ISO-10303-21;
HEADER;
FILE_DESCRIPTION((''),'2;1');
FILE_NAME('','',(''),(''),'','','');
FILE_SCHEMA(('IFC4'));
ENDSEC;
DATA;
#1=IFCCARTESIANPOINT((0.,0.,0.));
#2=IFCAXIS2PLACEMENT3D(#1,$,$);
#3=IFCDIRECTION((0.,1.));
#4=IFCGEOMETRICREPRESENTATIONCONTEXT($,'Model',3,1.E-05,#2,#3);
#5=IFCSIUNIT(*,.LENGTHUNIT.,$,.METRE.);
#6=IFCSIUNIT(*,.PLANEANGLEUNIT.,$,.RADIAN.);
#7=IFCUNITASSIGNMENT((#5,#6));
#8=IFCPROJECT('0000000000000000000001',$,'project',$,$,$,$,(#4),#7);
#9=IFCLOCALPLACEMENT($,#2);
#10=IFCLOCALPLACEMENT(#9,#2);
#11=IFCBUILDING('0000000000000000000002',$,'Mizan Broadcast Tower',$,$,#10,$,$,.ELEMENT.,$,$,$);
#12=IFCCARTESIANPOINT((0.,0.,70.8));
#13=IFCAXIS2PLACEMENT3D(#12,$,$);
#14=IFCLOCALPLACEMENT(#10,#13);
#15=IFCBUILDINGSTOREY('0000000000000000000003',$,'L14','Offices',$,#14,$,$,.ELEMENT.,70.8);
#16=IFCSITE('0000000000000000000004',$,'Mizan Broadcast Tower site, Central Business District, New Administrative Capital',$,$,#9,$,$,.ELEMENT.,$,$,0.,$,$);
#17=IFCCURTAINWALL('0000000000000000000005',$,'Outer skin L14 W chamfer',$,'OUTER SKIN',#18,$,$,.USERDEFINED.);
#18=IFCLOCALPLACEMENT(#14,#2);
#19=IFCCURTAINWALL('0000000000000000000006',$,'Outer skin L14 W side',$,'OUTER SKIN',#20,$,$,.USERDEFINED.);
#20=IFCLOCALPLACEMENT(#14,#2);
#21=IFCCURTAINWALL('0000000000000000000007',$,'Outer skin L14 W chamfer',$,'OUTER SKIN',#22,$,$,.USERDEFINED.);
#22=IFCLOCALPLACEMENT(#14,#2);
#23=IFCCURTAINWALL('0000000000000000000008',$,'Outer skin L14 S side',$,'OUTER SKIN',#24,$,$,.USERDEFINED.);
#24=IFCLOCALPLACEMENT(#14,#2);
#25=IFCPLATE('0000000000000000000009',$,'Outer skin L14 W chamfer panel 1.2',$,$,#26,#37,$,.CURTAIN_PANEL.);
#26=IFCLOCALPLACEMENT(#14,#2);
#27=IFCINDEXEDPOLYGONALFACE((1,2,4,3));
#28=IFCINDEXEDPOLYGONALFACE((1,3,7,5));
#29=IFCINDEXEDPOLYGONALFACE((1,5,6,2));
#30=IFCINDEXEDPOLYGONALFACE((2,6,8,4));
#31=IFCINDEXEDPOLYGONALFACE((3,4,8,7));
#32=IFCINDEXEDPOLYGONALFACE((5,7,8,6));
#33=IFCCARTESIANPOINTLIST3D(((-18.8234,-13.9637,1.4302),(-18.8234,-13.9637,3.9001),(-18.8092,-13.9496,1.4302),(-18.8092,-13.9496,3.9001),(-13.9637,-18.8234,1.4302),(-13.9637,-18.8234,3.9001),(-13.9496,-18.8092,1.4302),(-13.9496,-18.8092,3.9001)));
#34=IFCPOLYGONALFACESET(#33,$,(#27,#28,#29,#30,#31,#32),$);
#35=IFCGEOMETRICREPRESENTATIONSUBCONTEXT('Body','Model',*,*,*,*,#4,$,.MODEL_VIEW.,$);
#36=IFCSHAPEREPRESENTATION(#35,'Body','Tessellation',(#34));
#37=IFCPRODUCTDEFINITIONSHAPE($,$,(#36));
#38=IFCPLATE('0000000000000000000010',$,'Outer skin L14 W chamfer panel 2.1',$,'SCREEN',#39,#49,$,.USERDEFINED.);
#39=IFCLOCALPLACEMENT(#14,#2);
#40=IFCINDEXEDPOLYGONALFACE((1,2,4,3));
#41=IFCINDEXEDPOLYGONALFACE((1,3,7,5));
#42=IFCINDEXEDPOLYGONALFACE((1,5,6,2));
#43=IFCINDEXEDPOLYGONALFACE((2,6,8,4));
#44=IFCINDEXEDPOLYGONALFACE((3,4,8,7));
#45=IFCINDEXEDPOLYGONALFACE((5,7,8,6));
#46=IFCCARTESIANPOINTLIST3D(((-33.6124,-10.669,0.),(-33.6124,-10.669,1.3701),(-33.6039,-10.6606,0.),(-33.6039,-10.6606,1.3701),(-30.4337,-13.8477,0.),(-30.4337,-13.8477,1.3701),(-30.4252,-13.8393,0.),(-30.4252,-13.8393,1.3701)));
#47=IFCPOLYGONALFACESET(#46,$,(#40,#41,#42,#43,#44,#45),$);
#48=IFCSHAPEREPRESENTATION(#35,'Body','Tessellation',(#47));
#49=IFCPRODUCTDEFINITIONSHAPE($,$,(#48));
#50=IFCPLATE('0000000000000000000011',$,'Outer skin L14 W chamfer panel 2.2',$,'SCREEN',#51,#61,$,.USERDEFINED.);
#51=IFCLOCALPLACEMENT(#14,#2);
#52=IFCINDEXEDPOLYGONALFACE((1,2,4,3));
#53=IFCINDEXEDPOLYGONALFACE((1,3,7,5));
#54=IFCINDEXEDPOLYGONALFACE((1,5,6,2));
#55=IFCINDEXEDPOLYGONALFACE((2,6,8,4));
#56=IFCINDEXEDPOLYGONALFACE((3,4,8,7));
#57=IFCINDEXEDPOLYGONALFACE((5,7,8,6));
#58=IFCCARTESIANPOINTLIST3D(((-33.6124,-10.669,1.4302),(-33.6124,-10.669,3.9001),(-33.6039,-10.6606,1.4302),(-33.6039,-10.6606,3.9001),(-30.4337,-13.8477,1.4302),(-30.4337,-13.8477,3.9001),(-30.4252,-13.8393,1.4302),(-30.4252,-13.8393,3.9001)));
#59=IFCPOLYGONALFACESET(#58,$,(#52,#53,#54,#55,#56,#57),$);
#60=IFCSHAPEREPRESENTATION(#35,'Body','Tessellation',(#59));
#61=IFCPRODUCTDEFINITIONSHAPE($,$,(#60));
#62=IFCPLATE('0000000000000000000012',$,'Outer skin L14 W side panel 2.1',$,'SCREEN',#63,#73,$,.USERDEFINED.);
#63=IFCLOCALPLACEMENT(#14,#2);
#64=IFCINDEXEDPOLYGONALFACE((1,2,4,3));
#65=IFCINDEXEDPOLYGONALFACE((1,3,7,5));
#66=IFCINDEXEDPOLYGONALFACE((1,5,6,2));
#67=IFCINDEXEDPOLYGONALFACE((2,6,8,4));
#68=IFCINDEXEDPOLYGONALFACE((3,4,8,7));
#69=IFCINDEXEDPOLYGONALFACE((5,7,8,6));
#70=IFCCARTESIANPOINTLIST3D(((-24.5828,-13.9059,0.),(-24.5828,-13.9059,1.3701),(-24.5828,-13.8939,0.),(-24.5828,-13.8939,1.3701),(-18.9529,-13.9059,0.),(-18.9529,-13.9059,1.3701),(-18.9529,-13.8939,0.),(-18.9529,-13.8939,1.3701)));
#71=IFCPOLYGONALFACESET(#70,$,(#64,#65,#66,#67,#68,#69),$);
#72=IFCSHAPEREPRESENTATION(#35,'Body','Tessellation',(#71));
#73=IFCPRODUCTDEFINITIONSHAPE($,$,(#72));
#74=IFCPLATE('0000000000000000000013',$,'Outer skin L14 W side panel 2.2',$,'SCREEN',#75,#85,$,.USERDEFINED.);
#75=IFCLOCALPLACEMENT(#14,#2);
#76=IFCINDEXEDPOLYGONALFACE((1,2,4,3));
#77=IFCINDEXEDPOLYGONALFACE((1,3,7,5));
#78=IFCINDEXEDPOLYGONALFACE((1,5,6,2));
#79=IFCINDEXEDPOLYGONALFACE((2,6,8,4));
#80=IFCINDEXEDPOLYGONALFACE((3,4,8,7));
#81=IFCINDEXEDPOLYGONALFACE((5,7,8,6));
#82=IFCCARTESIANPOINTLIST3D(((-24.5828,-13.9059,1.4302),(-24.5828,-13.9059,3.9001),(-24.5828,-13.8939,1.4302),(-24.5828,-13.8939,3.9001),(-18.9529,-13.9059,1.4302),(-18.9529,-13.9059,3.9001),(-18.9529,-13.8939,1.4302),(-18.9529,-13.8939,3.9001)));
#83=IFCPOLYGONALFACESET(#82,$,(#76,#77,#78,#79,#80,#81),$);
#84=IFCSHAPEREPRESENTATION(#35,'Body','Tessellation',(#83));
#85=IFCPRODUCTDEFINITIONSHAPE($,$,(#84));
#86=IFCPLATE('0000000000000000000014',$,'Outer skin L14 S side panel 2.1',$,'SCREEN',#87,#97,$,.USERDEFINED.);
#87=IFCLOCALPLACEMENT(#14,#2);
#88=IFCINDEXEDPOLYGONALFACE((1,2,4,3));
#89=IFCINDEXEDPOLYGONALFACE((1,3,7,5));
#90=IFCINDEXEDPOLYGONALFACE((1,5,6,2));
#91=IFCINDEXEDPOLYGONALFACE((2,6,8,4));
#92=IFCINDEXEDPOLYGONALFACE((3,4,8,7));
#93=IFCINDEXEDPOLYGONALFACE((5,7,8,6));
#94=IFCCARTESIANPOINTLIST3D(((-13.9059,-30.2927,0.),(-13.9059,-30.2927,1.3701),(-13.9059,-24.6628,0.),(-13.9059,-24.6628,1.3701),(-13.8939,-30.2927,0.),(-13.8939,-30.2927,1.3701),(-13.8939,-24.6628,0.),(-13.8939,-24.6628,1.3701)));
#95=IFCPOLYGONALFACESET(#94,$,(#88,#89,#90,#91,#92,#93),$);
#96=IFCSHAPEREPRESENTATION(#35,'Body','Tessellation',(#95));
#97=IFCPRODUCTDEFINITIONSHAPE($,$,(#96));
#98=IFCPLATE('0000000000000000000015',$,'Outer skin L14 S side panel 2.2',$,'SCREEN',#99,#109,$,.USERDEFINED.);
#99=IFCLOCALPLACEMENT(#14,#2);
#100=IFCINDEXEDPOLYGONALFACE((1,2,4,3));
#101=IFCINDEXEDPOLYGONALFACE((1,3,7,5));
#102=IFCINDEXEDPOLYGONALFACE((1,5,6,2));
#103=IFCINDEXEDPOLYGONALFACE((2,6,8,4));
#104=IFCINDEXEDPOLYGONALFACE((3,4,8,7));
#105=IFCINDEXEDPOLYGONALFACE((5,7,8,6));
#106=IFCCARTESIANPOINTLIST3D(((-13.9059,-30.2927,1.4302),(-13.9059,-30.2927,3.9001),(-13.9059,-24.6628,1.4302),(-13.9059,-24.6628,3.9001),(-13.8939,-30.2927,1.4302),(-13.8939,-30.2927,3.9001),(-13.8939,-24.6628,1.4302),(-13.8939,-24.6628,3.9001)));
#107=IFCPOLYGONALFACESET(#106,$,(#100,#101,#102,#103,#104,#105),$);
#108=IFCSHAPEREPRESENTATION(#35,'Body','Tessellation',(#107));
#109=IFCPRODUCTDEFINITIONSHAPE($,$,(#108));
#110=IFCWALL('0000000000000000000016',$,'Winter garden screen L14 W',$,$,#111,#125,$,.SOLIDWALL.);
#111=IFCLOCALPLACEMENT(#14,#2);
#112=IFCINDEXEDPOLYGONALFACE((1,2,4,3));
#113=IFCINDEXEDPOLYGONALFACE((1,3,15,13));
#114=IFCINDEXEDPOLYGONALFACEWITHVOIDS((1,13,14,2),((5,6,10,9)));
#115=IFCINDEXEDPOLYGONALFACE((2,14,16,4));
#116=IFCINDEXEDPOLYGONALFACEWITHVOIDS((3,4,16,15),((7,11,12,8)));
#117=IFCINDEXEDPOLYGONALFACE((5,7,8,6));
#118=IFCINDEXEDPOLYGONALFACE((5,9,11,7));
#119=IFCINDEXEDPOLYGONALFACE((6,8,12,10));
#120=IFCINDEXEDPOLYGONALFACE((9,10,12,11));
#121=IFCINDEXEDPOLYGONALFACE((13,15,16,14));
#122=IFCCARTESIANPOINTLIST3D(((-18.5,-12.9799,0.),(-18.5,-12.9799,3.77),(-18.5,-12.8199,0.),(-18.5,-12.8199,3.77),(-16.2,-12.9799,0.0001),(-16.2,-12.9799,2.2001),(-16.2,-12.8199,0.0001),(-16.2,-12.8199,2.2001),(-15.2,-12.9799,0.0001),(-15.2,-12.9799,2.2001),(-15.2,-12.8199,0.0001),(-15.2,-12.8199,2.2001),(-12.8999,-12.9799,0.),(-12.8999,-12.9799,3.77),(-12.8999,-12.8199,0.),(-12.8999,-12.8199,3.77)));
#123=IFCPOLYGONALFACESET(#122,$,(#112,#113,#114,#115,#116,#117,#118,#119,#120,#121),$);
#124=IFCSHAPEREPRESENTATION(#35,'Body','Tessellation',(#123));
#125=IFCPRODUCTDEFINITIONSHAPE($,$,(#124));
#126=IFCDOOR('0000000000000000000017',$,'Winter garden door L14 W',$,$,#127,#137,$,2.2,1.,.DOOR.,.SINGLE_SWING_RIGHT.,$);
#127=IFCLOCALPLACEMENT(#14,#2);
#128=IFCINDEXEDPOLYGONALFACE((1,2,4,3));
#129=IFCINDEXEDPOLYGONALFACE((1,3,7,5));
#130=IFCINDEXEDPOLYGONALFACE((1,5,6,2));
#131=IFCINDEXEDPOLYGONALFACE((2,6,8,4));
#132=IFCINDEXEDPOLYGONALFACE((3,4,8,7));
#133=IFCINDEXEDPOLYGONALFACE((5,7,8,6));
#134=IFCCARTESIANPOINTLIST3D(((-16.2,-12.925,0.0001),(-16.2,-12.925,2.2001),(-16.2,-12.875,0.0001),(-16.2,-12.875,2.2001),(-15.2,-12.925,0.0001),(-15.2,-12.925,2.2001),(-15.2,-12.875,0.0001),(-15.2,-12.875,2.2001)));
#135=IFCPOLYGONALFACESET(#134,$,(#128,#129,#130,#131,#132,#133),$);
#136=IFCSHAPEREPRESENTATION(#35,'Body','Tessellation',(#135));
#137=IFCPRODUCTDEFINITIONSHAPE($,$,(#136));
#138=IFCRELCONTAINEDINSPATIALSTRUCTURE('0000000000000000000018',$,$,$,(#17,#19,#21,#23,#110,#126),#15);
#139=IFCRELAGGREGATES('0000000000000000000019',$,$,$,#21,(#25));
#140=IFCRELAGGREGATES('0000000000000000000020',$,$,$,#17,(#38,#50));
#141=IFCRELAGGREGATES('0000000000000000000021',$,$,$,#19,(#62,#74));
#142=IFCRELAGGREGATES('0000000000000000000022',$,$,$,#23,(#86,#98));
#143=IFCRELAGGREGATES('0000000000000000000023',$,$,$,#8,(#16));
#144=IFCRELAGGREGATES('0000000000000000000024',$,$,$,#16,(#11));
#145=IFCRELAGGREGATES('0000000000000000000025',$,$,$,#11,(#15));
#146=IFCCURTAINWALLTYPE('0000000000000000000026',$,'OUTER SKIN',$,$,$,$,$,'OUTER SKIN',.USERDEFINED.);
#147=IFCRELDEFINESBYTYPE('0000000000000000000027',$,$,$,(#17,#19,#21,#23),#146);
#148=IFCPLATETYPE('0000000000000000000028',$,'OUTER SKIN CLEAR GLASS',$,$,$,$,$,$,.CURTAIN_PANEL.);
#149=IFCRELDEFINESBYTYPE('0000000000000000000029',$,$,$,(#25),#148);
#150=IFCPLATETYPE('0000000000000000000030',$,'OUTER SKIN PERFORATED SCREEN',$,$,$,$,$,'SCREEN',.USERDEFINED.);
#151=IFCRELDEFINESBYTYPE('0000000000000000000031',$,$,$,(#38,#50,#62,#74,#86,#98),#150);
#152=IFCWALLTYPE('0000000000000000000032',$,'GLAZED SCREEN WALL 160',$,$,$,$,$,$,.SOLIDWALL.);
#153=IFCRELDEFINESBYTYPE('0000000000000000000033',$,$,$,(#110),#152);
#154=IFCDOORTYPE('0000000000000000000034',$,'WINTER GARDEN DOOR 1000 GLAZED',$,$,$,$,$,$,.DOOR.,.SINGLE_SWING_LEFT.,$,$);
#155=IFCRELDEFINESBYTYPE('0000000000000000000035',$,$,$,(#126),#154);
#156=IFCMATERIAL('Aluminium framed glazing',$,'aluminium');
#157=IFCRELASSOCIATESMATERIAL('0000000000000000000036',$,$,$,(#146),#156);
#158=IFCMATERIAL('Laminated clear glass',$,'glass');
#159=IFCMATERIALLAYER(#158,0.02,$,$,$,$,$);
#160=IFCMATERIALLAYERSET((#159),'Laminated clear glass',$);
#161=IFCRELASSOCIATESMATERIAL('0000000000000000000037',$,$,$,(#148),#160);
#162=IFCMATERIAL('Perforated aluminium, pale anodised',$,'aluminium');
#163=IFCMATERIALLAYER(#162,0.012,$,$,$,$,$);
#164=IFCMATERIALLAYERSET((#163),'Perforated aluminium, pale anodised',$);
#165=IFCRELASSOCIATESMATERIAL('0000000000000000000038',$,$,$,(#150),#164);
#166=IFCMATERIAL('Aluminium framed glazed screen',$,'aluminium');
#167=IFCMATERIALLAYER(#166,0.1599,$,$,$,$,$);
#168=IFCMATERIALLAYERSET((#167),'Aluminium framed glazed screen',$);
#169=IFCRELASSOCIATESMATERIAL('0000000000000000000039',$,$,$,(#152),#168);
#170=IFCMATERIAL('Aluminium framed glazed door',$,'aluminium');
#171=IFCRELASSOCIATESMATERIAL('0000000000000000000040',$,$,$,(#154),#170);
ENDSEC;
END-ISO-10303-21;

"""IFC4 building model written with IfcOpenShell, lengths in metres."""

from ifc_helpers import new_model, si_unit, direction, frame, frame_2d, origin, origin_2d, place, context, subcontext, project, spatial, rectangle, extrude, material, layer, layer_set, type_object, element, fill, aggregate, save


model = new_model("IFC4")

# Units and contexts
model_context = context("Model", 3, precision=1e-05, world=origin(), true_north=direction((0.0, 1.0)))
body_context = subcontext(model_context, "Body", "Model", "MODEL_VIEW")
ifc_project = project(units=[si_unit("LENGTHUNIT", "METRE"), si_unit("PLANEANGLEUNIT", "RADIAN")], contexts=[model_context])

# Site, building, storey
site_placement = place(None, origin())
site = spatial("IfcSite", under=ifc_project, at=site_placement, Name="Mizan Broadcast Tower site, Central Business District, New Administrative Capital", CompositionType="ELEMENT", RefElevation=0.0)
building_placement = place(site_placement, origin())
building = spatial("IfcBuilding", under=site, at=building_placement, Name="Mizan Broadcast Tower", CompositionType="ELEMENT")
storey_placement = place(building_placement, frame((0.0, 0.0, 70.8)))
storey = spatial("IfcBuildingStorey", under=building, at=storey_placement, Name="L14", Description="Offices", CompositionType="ELEMENT", Elevation=70.8)

# Curtain wall
ifc_material_1 = material(Name="Aluminium framed glazing", Category="aluminium")
curtain_wall_type_1 = type_object("IfcCurtainWallType", Name="OUTER SKIN", ElementType="OUTER SKIN", PredefinedType="USERDEFINED", material=ifc_material_1)
curtain_wall_1_placement = place(storey_placement, origin())
curtain_wall_1 = element("IfcCurtainWall", 1, at=curtain_wall_1_placement, inside=storey, type_object=curtain_wall_type_1, Name="Outer skin L14 W chamfer", ObjectType="OUTER SKIN", PredefinedType="USERDEFINED")

# Curtain wall
curtain_wall_2_placement = place(storey_placement, origin())
curtain_wall_2 = element("IfcCurtainWall", 2, at=curtain_wall_2_placement, inside=storey, type_object=curtain_wall_type_1, Name="Outer skin L14 W side", ObjectType="OUTER SKIN", PredefinedType="USERDEFINED")

# Curtain walls
curtain_wall_3_placement = place(storey_placement, origin())
curtain_wall_3 = element("IfcCurtainWall", 3, at=curtain_wall_3_placement, inside=storey, type_object=curtain_wall_type_1, Name="Outer skin L14 W chamfer", ObjectType="OUTER SKIN", PredefinedType="USERDEFINED")
curtain_wall_4_placement = place(storey_placement, origin())
curtain_wall_4 = element("IfcCurtainWall", 4, at=curtain_wall_4_placement, inside=storey, type_object=curtain_wall_type_1, Name="Outer skin L14 S side", ObjectType="OUTER SKIN", PredefinedType="USERDEFINED")

# Plates
ifc_material_2 = material(Name="Laminated clear glass", Category="glass")
ifc_layer_1 = layer(ifc_material_2, 0.02)
ifc_layer_set_1 = layer_set([ifc_layer_1], Name="Laminated clear glass")
plate_type_1 = type_object("IfcPlateType", Name="OUTER SKIN CLEAR GLASS", PredefinedType="CURTAIN_PANEL", material=ifc_layer_set_1)
plate_1_placement = place(storey_placement, frame((-16.3865, -16.3865, 1.4302), z_axis=(0.0, 0.0, 1.0), x_axis=(0.707107, -0.707107, 0.0)))
plate_1 = element("IfcPlate", 5, at=plate_1_placement, type_object=plate_type_1, Name="Outer skin L14 W chamfer panel 1.2", PredefinedType="CURTAIN_PANEL", context=body_context, shape_type="SweptSolid", body=[
    extrude(rectangle(XDim=6.8726, YDim=0.02, at=origin_2d()), origin(), (0.0, 0.0, 1.0), 2.47),
])
aggregate(curtain_wall_3, [plate_1])
ifc_material_3 = material(Name="Perforated aluminium, pale anodised", Category="aluminium")
ifc_layer_2 = layer(ifc_material_3, 0.012)
ifc_layer_set_2 = layer_set([ifc_layer_2], Name="Perforated aluminium, pale anodised")
plate_type_2 = type_object("IfcPlateType", Name="OUTER SKIN PERFORATED SCREEN", ElementType="SCREEN", PredefinedType="USERDEFINED", material=ifc_layer_set_2)
plate_2_placement = place(storey_placement, frame((-32.0188, -12.2542, 0.0), z_axis=(0.0, 0.0, 1.0), x_axis=(0.707107, -0.707107, 0.0)))
plate_2 = element("IfcPlate", 6, at=plate_2_placement, type_object=plate_type_2, Name="Outer skin L14 W chamfer panel 2.1", ObjectType="SCREEN", PredefinedType="USERDEFINED", context=body_context, shape_type="SweptSolid", body=[
    extrude(rectangle(XDim=4.4954, YDim=0.012, at=origin_2d()), origin(), (0.0, 0.0, 1.0), 1.3701),
])
plate_3_placement = place(storey_placement, frame((-32.0188, -12.2542, 1.4302), z_axis=(0.0, 0.0, 1.0), x_axis=(0.707107, -0.707107, 0.0)))
plate_3 = element("IfcPlate", 7, at=plate_3_placement, type_object=plate_type_2, Name="Outer skin L14 W chamfer panel 2.2", ObjectType="SCREEN", PredefinedType="USERDEFINED", context=body_context, shape_type="SweptSolid", body=[
    extrude(rectangle(XDim=4.4954, YDim=0.012, at=origin_2d()), origin(), (0.0, 0.0, 1.0), 2.47),
])
aggregate(curtain_wall_1, [plate_2, plate_3])
plate_4_placement = place(storey_placement, frame((-21.7678, -13.8999, 0.0), z_axis=(0.0, 0.0, 1.0), x_axis=(1.0, 0.0, 0.0)))
plate_4 = element("IfcPlate", 8, at=plate_4_placement, type_object=plate_type_2, Name="Outer skin L14 W side panel 2.1", ObjectType="SCREEN", PredefinedType="USERDEFINED", context=body_context, shape_type="SweptSolid", body=[
    extrude(rectangle(XDim=5.6299, YDim=0.012, at=origin_2d()), origin(), (0.0, 0.0, 1.0), 1.3701),
])
plate_5_placement = place(storey_placement, frame((-21.7678, -13.8999, 1.4302), z_axis=(0.0, 0.0, 1.0), x_axis=(1.0, 0.0, 0.0)))
plate_5 = element("IfcPlate", 9, at=plate_5_placement, type_object=plate_type_2, Name="Outer skin L14 W side panel 2.2", ObjectType="SCREEN", PredefinedType="USERDEFINED", context=body_context, shape_type="SweptSolid", body=[
    extrude(rectangle(XDim=5.6299, YDim=0.012, at=origin_2d()), origin(), (0.0, 0.0, 1.0), 2.47),
])
aggregate(curtain_wall_2, [plate_4, plate_5])
plate_6_placement = place(storey_placement, frame((-13.8999, -27.4778, 0.0), z_axis=(0.0, 0.0, 1.0), x_axis=(0.0, -1.0, 0.0)))
plate_6 = element("IfcPlate", 10, at=plate_6_placement, type_object=plate_type_2, Name="Outer skin L14 S side panel 2.1", ObjectType="SCREEN", PredefinedType="USERDEFINED", context=body_context, shape_type="SweptSolid", body=[
    extrude(rectangle(XDim=5.6299, YDim=0.012, at=origin_2d()), origin(), (0.0, 0.0, 1.0), 1.3701),
])
plate_7_placement = place(storey_placement, frame((-13.8999, -27.4778, 1.4302), z_axis=(0.0, 0.0, 1.0), x_axis=(0.0, -1.0, 0.0)))
plate_7 = element("IfcPlate", 11, at=plate_7_placement, type_object=plate_type_2, Name="Outer skin L14 S side panel 2.2", ObjectType="SCREEN", PredefinedType="USERDEFINED", context=body_context, shape_type="SweptSolid", body=[
    extrude(rectangle(XDim=5.6299, YDim=0.012, at=origin_2d()), origin(), (0.0, 0.0, 1.0), 2.47),
])
aggregate(curtain_wall_4, [plate_6, plate_7])

# Wall, opening, door
ifc_material_4 = material(Name="Aluminium framed glazed screen", Category="aluminium")
ifc_layer_3 = layer(ifc_material_4, 0.1599)
ifc_layer_set_3 = layer_set([ifc_layer_3], Name="Aluminium framed glazed screen")
wall_type = type_object("IfcWallType", Name="GLAZED SCREEN WALL 160", PredefinedType="SOLIDWALL", material=ifc_layer_set_3)
wall_placement = place(storey_placement, frame((-18.5, -12.8999, 0.0), z_axis=(0.0, 0.0, 1.0), x_axis=(1.0, 0.0, 0.0)))
wall = element("IfcWall", 12, at=wall_placement, inside=storey, type_object=wall_type, Name="Winter garden screen L14 W", PredefinedType="SOLIDWALL", context=body_context, shape_type="SweptSolid", body=[
    extrude(rectangle(XDim=5.6001, YDim=0.1599, at=frame_2d((2.8, 0.0))), origin(), (0.0, 0.0, 1.0), 3.77),
])
opening_placement = place(wall_placement, frame((2.3, 0.0, 0.0)))
opening = element("IfcOpeningElement", 13, at=opening_placement, cuts=wall, PredefinedType="OPENING", context=body_context, shape_type="SweptSolid", body=[
    extrude(rectangle(XDim=1.0, YDim=2.2, at=frame_2d((0.5, 1.1001))), frame((0.0, 0.0898, 0.0), z_axis=(0.0, -1.0, 0.0), x_axis=(1.0, 0.0, 0.0)), (0.0, 0.0, 1.0), 0.1799),
])
ifc_material_5 = material(Name="Aluminium framed glazed door", Category="aluminium")
door_type = type_object("IfcDoorType", Name="WINTER GARDEN DOOR 1000 GLAZED", OperationType="SINGLE_SWING_LEFT", PredefinedType="DOOR", material=ifc_material_5)
door_placement = place(opening_placement, origin())
door = element("IfcDoor", 14, at=door_placement, inside=storey, type_object=door_type, Name="Winter garden door L14 W", OperationType="SINGLE_SWING_RIGHT", OverallHeight=2.2, OverallWidth=1.0, PredefinedType="DOOR", context=body_context, shape_type="SweptSolid", body=[
    extrude(rectangle(XDim=1.0, YDim=2.2, at=frame_2d((0.5, 1.1001))), frame((0.0, 0.0249, 0.0), z_axis=(0.0, -1.0, 0.0), x_axis=(1.0, 0.0, 0.0)), (0.0, 0.0, 1.0), 0.05),
])
fill(opening, door)

save(model, "model.ifc")
